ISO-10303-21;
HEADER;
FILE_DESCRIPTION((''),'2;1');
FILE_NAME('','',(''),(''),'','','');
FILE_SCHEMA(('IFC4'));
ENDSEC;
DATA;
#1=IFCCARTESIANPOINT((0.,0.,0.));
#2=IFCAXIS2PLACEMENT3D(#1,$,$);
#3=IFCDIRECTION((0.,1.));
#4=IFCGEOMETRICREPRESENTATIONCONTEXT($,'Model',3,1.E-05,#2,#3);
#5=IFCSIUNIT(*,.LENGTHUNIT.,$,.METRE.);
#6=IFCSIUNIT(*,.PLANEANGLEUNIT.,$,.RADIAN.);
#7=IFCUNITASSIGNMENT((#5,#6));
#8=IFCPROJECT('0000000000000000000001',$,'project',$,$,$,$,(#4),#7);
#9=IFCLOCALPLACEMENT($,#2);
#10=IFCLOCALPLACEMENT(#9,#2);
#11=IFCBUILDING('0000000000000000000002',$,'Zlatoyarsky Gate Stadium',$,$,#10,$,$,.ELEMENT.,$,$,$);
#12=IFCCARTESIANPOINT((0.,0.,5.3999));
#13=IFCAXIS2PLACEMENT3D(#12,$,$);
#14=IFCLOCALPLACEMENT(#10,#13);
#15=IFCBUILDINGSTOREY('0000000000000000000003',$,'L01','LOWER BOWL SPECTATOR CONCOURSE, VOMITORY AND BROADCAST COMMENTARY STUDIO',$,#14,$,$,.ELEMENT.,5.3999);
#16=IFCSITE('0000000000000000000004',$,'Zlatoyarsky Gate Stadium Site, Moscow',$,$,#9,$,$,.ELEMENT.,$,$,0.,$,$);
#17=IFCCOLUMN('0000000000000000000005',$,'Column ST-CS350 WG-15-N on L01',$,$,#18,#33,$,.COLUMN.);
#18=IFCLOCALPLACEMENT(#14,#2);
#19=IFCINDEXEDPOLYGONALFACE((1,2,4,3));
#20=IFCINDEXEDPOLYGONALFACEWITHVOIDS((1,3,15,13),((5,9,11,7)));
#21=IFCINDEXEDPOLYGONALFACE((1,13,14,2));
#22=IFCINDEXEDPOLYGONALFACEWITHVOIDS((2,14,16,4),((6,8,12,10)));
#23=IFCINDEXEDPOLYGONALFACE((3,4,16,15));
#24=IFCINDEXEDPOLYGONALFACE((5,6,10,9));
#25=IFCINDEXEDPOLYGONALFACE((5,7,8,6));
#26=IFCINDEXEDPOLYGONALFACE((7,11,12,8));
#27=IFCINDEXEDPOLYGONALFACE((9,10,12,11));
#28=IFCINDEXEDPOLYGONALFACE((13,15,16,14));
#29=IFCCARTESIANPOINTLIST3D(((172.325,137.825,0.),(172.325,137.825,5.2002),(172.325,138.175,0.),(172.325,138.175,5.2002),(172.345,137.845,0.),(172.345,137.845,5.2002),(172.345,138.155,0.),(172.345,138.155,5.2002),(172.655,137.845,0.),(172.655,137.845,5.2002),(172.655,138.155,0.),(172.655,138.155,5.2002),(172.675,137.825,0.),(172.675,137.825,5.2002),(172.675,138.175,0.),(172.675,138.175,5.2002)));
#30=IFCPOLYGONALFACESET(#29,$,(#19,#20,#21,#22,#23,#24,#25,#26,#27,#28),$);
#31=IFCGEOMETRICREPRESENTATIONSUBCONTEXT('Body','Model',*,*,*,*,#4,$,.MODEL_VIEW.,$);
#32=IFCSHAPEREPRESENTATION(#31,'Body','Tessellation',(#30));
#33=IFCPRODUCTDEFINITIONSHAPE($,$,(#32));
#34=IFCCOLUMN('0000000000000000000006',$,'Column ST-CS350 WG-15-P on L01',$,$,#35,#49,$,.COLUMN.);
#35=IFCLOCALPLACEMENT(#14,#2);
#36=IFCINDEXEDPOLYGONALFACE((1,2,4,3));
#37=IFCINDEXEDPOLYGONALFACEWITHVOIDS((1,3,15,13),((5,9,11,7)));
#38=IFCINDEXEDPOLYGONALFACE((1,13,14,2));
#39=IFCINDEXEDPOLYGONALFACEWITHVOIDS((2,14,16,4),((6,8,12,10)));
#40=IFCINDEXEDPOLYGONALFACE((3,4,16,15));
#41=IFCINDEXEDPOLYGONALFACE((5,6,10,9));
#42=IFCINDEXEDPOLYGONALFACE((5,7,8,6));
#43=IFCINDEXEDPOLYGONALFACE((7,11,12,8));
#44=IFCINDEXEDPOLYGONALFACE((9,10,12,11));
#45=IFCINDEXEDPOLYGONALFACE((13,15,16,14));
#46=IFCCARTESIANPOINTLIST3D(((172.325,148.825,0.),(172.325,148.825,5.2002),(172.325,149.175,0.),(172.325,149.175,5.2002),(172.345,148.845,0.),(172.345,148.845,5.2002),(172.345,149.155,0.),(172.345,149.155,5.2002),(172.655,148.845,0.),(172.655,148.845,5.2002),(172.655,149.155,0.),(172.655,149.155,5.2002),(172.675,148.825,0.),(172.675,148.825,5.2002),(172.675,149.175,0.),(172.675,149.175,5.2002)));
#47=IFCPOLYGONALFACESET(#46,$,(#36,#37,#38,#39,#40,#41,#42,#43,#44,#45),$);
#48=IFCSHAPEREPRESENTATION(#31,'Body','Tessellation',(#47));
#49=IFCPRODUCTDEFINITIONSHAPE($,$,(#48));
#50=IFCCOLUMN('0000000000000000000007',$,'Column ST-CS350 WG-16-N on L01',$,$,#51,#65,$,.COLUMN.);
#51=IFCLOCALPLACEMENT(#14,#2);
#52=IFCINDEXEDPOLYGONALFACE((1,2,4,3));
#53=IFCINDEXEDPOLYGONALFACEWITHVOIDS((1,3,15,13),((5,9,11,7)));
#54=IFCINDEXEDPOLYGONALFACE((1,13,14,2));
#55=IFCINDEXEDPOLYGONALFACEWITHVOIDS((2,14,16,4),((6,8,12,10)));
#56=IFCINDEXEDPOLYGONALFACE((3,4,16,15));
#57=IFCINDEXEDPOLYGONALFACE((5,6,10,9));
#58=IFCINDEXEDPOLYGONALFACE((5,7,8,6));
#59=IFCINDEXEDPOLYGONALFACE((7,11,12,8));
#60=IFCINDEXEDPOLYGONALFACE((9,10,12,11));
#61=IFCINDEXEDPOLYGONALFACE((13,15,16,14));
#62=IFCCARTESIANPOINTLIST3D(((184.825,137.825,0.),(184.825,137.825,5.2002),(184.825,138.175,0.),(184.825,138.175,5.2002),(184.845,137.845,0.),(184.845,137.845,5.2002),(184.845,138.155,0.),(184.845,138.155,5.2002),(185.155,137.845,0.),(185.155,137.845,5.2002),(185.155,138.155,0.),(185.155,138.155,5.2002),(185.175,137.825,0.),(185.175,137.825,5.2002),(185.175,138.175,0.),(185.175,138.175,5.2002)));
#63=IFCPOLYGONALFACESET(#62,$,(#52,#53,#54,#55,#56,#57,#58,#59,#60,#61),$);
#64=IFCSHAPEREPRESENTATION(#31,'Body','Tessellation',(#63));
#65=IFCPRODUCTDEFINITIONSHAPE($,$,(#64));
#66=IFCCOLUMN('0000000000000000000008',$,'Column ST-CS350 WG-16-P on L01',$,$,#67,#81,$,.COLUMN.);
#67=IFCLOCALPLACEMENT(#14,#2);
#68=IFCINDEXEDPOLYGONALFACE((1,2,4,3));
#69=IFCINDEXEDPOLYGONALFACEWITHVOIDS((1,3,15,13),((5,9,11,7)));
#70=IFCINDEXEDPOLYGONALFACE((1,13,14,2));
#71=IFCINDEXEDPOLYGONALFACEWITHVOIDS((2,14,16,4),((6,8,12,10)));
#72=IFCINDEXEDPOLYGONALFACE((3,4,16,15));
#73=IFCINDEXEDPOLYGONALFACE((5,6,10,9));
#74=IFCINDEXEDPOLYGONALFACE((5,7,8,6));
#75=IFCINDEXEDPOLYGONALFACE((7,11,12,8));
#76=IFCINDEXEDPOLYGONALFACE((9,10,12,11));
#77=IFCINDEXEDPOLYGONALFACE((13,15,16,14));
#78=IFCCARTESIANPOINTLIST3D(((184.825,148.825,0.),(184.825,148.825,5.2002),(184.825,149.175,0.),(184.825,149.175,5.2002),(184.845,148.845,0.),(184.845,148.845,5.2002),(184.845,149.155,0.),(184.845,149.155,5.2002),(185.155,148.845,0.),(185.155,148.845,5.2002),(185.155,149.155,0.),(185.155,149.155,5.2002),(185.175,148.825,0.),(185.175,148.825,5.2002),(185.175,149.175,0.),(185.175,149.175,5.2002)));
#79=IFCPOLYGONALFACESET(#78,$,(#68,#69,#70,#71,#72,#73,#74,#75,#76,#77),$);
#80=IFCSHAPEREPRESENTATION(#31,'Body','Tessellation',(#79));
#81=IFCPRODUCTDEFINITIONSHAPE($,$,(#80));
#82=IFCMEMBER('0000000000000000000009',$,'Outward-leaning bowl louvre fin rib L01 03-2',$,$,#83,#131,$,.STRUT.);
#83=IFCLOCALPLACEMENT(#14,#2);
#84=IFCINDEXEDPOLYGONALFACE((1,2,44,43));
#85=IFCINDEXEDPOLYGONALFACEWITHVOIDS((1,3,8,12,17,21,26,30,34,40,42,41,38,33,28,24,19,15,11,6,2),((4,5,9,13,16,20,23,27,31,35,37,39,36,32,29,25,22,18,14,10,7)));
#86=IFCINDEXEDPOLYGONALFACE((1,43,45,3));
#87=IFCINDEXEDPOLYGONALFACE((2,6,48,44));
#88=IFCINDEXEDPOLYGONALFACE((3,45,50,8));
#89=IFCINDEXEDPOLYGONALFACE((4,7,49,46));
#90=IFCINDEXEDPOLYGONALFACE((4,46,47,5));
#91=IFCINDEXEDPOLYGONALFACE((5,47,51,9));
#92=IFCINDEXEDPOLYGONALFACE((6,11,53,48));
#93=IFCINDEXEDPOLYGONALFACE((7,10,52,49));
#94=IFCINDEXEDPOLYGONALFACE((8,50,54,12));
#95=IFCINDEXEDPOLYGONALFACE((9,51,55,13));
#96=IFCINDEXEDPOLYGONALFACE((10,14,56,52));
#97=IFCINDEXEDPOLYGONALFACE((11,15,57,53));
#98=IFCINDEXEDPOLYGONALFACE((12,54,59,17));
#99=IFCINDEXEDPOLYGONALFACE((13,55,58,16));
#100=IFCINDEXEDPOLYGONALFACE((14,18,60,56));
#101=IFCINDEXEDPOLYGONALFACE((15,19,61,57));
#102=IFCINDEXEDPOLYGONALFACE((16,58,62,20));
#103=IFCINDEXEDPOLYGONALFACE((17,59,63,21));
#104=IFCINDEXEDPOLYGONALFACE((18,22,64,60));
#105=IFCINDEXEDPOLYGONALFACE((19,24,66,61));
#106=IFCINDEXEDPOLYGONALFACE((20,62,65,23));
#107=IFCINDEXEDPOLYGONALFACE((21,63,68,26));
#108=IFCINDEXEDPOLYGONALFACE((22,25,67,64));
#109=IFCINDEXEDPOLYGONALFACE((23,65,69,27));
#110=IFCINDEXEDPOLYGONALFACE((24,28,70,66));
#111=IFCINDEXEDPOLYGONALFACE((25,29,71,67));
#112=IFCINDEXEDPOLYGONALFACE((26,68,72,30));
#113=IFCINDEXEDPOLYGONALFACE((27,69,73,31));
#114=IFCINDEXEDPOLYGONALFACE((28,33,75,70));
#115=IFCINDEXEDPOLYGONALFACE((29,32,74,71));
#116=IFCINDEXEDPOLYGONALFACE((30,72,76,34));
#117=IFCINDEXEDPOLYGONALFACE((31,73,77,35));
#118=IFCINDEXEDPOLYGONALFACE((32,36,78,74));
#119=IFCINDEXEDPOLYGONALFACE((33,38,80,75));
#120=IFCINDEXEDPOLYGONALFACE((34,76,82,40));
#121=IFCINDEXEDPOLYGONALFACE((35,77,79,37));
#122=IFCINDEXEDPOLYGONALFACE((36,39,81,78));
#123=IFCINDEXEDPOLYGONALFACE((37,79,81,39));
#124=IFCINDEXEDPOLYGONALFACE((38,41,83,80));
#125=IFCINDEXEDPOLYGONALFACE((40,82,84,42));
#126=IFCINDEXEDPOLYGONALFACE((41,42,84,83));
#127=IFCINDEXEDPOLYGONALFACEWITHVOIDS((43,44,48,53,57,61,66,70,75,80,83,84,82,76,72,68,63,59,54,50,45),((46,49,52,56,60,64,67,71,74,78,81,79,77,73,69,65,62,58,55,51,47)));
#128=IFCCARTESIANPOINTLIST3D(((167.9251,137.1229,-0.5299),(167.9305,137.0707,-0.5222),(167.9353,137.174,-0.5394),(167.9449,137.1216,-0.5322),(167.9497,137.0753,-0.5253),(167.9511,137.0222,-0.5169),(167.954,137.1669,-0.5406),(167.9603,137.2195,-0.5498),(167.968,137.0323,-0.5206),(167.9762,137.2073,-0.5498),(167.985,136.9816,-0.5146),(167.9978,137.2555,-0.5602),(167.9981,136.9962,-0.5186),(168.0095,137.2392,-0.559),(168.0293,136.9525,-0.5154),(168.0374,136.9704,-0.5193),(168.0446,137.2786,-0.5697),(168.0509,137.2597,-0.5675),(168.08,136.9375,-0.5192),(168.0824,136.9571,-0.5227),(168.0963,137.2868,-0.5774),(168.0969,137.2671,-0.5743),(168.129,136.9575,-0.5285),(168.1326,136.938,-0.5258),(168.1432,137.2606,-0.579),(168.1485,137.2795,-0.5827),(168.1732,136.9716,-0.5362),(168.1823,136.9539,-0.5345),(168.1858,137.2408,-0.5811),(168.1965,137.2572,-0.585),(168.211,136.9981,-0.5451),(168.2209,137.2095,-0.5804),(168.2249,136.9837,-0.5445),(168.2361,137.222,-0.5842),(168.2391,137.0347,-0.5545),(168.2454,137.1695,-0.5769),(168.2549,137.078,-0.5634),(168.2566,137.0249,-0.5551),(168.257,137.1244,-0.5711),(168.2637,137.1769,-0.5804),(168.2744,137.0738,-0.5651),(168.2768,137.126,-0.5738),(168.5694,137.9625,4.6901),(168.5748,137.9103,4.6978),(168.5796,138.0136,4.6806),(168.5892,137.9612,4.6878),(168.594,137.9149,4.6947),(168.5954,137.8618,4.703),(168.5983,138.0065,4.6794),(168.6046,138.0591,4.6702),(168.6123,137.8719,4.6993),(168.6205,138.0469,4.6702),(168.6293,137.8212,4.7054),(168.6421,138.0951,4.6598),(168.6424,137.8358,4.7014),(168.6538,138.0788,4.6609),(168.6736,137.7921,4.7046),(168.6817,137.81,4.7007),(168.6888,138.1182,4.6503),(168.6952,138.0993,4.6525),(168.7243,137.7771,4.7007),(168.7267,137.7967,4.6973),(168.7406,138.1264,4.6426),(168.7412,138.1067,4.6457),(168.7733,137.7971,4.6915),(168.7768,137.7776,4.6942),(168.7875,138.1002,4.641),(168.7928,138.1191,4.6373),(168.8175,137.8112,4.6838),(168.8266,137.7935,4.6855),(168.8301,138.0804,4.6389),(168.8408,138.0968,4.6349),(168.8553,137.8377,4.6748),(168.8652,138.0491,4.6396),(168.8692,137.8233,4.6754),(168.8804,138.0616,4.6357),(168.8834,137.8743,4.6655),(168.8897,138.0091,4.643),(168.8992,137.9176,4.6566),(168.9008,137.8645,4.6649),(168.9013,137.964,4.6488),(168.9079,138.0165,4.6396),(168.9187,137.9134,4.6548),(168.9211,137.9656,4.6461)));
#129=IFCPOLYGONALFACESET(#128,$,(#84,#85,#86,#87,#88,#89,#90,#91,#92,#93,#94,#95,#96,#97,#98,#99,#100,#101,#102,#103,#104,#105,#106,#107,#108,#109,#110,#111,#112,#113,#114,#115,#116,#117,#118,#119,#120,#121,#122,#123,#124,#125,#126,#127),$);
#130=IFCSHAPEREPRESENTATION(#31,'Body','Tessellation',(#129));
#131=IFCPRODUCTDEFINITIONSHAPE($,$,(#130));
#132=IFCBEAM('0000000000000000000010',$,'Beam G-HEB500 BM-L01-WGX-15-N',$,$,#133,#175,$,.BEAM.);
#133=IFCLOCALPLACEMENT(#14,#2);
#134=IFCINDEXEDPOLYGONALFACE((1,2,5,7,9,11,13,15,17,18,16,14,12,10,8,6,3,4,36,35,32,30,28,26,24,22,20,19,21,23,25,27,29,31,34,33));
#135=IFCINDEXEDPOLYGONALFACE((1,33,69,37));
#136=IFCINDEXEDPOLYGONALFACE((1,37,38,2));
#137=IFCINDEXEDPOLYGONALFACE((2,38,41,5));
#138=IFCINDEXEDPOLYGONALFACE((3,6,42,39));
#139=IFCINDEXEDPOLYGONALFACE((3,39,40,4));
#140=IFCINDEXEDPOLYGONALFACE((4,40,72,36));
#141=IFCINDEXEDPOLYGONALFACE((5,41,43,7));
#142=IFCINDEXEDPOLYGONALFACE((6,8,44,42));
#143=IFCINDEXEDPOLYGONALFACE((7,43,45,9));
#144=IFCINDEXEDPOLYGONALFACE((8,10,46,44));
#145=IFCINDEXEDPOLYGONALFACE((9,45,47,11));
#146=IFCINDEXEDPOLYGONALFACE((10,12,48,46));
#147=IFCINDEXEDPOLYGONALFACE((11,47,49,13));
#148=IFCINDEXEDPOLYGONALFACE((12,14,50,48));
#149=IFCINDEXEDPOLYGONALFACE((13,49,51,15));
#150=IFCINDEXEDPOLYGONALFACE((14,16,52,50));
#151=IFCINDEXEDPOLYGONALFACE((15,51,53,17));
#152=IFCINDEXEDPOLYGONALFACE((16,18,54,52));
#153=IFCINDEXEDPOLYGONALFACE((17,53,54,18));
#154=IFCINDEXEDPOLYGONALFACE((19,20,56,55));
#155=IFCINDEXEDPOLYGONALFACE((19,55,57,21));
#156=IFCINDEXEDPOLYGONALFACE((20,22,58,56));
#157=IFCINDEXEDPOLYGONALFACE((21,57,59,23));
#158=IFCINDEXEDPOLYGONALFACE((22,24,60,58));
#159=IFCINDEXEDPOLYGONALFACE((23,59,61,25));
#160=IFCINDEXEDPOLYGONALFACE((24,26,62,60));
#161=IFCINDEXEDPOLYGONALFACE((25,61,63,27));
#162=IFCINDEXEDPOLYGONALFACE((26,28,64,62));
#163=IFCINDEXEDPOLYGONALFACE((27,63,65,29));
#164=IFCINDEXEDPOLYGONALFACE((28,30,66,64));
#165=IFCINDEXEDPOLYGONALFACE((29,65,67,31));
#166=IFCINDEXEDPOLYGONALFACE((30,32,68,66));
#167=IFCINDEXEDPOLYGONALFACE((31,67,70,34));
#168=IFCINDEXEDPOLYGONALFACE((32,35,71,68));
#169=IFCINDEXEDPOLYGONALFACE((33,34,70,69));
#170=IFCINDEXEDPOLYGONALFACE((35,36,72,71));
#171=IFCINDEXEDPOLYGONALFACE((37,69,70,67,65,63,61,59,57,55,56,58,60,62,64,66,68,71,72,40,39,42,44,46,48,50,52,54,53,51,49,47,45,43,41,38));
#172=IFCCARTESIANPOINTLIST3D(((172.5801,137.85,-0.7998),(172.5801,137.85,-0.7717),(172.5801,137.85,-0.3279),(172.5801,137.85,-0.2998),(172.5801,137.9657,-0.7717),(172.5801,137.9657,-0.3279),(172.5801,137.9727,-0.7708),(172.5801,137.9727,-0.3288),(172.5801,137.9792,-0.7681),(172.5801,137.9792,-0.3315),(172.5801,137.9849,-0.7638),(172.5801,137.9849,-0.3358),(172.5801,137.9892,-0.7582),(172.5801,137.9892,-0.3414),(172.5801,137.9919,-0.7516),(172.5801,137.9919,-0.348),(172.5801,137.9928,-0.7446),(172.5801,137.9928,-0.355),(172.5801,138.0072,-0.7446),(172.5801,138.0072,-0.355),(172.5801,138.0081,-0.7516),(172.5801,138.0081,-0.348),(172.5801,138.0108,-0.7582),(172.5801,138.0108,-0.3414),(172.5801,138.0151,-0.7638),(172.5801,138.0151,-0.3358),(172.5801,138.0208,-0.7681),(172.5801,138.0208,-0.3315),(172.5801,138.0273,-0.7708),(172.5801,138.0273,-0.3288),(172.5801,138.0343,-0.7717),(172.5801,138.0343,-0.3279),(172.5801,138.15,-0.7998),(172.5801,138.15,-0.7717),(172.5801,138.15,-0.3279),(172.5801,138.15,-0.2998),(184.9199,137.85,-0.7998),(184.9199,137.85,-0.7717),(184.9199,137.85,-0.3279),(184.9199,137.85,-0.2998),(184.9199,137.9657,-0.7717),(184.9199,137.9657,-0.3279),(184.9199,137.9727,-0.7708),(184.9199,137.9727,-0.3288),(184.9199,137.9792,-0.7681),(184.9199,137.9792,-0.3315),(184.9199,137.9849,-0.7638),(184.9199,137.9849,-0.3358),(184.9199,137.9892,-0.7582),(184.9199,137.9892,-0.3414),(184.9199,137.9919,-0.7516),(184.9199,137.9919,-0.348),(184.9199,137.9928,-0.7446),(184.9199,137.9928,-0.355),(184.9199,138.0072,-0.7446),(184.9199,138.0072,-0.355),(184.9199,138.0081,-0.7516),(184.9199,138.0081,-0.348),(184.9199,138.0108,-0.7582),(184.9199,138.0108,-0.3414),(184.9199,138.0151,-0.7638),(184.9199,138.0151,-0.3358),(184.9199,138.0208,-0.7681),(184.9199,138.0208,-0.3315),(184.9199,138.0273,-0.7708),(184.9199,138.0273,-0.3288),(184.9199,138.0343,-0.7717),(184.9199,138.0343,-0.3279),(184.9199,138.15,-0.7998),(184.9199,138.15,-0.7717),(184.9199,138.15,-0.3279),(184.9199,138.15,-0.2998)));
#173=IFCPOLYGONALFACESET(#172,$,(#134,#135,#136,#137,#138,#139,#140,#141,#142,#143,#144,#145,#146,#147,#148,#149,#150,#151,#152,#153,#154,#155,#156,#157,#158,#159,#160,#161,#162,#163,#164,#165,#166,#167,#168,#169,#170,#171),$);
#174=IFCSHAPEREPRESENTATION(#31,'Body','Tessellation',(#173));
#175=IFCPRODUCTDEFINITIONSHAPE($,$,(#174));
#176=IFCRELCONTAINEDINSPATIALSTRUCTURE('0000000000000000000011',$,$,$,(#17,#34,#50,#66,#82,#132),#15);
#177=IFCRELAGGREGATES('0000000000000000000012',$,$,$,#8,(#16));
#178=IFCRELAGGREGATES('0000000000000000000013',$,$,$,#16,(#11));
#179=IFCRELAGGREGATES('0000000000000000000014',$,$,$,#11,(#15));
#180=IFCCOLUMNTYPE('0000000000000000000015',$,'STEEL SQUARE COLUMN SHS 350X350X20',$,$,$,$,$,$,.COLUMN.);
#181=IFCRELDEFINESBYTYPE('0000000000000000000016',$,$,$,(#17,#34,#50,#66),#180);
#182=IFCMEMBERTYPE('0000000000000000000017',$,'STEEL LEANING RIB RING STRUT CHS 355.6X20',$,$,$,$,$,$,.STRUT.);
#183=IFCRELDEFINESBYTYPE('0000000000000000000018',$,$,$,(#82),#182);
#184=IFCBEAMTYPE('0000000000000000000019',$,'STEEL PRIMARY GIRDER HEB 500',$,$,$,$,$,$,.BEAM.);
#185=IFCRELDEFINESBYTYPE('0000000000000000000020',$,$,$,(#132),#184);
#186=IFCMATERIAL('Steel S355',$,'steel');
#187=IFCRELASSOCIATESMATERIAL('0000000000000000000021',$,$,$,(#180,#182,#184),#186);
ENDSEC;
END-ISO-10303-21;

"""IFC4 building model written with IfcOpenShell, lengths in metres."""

from ifc_helpers import new_model, si_unit, direction, frame, origin, origin_2d, place, context, subcontext, project, spatial, hollow_rectangle, hollow_circle, i_section, extrude, material, material_profile, profile_set, type_object, element, save


model = new_model("IFC4")

# Units and contexts
model_context = context("Model", 3, precision=1e-05, world=origin(), true_north=direction((0.0, 1.0)))
body_context = subcontext(model_context, "Body", "Model", "MODEL_VIEW")
ifc_project = project(units=[si_unit("LENGTHUNIT", "METRE"), si_unit("PLANEANGLEUNIT", "RADIAN")], contexts=[model_context])

# Site, building, storey
site_placement = place(None, origin())
site = spatial("IfcSite", under=ifc_project, at=site_placement, Name="Zlatoyarsky Gate Stadium Site, Moscow", CompositionType="ELEMENT", RefElevation=0.0)
building_placement = place(site_placement, origin())
building = spatial("IfcBuilding", under=site, at=building_placement, Name="Zlatoyarsky Gate Stadium", CompositionType="ELEMENT")
storey_placement = place(building_placement, frame((0.0, 0.0, 5.3999)))
storey = spatial("IfcBuildingStorey", under=building, at=storey_placement, Name="L01", Description="LOWER BOWL SPECTATOR CONCOURSE, VOMITORY AND BROADCAST COMMENTARY STUDIO", CompositionType="ELEMENT", Elevation=5.3999)

# Columns
ifc_material_1 = material(Name="Steel S355", Category="steel")
ifc_material_profile_1 = material_profile(ifc_material_1, hollow_rectangle(XDim=0.3501, YDim=0.3501, WallThickness=0.02, at=origin_2d()), Name="SHS 350X350X20")
ifc_profile_set_1 = profile_set([ifc_material_profile_1], Name="Steel S355")
column_type = type_object("IfcColumnType", Name="STEEL SQUARE COLUMN SHS 350X350X20", PredefinedType="COLUMN", material=ifc_profile_set_1)
for number, where, z_axis, x_axis, name in (
    (1, (172.5, 138.0, 0.0), (0.0, 0.0, 1.0), (1.0, 0.0, 0.0), "Column ST-CS350 WG-15-N on L01"),
    (2, (172.5, 149.0, 0.0), (0.0, 0.0, 1.0), (1.0, 0.0, 0.0), "Column ST-CS350 WG-15-P on L01"),
    (3, (185.0, 138.0, 0.0), (0.0, 0.0, 1.0), (1.0, 0.0, 0.0), "Column ST-CS350 WG-16-N on L01"),
    (4, (185.0, 149.0, 0.0), (0.0, 0.0, 1.0), (1.0, 0.0, 0.0), "Column ST-CS350 WG-16-P on L01"),
):
    element("IfcColumn", number, at=place(storey_placement, frame(where, z_axis=z_axis, x_axis=x_axis)), inside=storey, type_object=column_type, Name=name, PredefinedType="COLUMN", context=body_context, shape_type="SweptSolid", body=[
        extrude(hollow_rectangle(XDim=0.3501, YDim=0.3501, WallThickness=0.02, at=origin_2d()), origin(), (0.0, 0.0, 1.0), 5.2002),
    ])

# Member
ifc_material_profile_2 = material_profile(ifc_material_1, hollow_circle(Radius=0.1777, WallThickness=0.02, at=origin_2d()), Name="CHS 355.6X20")
ifc_profile_set_2 = profile_set([ifc_material_profile_2], Name="Steel S355")
member_type = type_object("IfcMemberType", Name="STEEL LEANING RIB RING STRUT CHS 355.6X20", PredefinedType="STRUT", material=ifc_profile_set_2)
member_placement = place(storey_placement, frame((168.1013, 137.1113, -0.5498), z_axis=(0.120966, 0.157637, 0.98006), x_axis=(-0.793335, 0.608785, 0.0)))
element("IfcMember", 5, at=member_placement, inside=storey, type_object=member_type, Name="Outward-leaning bowl louvre fin rib L01 03-2", PredefinedType="STRUT", context=body_context, shape_type="SweptSolid", body=[
    extrude(hollow_circle(Radius=0.1777, WallThickness=0.02, at=origin_2d()), origin(), (0.0, 0.0, 1.0), 5.3262),
])

# Beam
ifc_material_profile_3 = material_profile(ifc_material_1, i_section(OverallWidth=0.3, OverallDepth=0.5, WebThickness=0.0144, FlangeThickness=0.0281, FilletRadius=0.0271, at=origin_2d()), Name="HEB 500")
ifc_profile_set_3 = profile_set([ifc_material_profile_3], Name="Steel S355")
beam_type_1 = type_object("IfcBeamType", Name="STEEL PRIMARY GIRDER HEB 500", PredefinedType="BEAM", material=ifc_profile_set_3)
for number, where, z_axis, x_axis, name in (
    (6, (172.5801, 138.0, -0.5498), (1.0, 0.0, 0.0), (0.0, 1.0, 0.0), "Beam G-HEB500 BM-L01-WGX-15-N"),
):
    element("IfcBeam", number, at=place(storey_placement, frame(where, z_axis=z_axis, x_axis=x_axis)), inside=storey, type_object=beam_type_1, Name=name, PredefinedType="BEAM", context=body_context, shape_type="SweptSolid", body=[
        extrude(i_section(OverallWidth=0.3, OverallDepth=0.5, WebThickness=0.0144, FlangeThickness=0.0281, FilletRadius=0.0271, at=origin_2d()), origin(), (0.0, 0.0, 1.0), 12.3398),
    ])

save(model, "model.ifc")
